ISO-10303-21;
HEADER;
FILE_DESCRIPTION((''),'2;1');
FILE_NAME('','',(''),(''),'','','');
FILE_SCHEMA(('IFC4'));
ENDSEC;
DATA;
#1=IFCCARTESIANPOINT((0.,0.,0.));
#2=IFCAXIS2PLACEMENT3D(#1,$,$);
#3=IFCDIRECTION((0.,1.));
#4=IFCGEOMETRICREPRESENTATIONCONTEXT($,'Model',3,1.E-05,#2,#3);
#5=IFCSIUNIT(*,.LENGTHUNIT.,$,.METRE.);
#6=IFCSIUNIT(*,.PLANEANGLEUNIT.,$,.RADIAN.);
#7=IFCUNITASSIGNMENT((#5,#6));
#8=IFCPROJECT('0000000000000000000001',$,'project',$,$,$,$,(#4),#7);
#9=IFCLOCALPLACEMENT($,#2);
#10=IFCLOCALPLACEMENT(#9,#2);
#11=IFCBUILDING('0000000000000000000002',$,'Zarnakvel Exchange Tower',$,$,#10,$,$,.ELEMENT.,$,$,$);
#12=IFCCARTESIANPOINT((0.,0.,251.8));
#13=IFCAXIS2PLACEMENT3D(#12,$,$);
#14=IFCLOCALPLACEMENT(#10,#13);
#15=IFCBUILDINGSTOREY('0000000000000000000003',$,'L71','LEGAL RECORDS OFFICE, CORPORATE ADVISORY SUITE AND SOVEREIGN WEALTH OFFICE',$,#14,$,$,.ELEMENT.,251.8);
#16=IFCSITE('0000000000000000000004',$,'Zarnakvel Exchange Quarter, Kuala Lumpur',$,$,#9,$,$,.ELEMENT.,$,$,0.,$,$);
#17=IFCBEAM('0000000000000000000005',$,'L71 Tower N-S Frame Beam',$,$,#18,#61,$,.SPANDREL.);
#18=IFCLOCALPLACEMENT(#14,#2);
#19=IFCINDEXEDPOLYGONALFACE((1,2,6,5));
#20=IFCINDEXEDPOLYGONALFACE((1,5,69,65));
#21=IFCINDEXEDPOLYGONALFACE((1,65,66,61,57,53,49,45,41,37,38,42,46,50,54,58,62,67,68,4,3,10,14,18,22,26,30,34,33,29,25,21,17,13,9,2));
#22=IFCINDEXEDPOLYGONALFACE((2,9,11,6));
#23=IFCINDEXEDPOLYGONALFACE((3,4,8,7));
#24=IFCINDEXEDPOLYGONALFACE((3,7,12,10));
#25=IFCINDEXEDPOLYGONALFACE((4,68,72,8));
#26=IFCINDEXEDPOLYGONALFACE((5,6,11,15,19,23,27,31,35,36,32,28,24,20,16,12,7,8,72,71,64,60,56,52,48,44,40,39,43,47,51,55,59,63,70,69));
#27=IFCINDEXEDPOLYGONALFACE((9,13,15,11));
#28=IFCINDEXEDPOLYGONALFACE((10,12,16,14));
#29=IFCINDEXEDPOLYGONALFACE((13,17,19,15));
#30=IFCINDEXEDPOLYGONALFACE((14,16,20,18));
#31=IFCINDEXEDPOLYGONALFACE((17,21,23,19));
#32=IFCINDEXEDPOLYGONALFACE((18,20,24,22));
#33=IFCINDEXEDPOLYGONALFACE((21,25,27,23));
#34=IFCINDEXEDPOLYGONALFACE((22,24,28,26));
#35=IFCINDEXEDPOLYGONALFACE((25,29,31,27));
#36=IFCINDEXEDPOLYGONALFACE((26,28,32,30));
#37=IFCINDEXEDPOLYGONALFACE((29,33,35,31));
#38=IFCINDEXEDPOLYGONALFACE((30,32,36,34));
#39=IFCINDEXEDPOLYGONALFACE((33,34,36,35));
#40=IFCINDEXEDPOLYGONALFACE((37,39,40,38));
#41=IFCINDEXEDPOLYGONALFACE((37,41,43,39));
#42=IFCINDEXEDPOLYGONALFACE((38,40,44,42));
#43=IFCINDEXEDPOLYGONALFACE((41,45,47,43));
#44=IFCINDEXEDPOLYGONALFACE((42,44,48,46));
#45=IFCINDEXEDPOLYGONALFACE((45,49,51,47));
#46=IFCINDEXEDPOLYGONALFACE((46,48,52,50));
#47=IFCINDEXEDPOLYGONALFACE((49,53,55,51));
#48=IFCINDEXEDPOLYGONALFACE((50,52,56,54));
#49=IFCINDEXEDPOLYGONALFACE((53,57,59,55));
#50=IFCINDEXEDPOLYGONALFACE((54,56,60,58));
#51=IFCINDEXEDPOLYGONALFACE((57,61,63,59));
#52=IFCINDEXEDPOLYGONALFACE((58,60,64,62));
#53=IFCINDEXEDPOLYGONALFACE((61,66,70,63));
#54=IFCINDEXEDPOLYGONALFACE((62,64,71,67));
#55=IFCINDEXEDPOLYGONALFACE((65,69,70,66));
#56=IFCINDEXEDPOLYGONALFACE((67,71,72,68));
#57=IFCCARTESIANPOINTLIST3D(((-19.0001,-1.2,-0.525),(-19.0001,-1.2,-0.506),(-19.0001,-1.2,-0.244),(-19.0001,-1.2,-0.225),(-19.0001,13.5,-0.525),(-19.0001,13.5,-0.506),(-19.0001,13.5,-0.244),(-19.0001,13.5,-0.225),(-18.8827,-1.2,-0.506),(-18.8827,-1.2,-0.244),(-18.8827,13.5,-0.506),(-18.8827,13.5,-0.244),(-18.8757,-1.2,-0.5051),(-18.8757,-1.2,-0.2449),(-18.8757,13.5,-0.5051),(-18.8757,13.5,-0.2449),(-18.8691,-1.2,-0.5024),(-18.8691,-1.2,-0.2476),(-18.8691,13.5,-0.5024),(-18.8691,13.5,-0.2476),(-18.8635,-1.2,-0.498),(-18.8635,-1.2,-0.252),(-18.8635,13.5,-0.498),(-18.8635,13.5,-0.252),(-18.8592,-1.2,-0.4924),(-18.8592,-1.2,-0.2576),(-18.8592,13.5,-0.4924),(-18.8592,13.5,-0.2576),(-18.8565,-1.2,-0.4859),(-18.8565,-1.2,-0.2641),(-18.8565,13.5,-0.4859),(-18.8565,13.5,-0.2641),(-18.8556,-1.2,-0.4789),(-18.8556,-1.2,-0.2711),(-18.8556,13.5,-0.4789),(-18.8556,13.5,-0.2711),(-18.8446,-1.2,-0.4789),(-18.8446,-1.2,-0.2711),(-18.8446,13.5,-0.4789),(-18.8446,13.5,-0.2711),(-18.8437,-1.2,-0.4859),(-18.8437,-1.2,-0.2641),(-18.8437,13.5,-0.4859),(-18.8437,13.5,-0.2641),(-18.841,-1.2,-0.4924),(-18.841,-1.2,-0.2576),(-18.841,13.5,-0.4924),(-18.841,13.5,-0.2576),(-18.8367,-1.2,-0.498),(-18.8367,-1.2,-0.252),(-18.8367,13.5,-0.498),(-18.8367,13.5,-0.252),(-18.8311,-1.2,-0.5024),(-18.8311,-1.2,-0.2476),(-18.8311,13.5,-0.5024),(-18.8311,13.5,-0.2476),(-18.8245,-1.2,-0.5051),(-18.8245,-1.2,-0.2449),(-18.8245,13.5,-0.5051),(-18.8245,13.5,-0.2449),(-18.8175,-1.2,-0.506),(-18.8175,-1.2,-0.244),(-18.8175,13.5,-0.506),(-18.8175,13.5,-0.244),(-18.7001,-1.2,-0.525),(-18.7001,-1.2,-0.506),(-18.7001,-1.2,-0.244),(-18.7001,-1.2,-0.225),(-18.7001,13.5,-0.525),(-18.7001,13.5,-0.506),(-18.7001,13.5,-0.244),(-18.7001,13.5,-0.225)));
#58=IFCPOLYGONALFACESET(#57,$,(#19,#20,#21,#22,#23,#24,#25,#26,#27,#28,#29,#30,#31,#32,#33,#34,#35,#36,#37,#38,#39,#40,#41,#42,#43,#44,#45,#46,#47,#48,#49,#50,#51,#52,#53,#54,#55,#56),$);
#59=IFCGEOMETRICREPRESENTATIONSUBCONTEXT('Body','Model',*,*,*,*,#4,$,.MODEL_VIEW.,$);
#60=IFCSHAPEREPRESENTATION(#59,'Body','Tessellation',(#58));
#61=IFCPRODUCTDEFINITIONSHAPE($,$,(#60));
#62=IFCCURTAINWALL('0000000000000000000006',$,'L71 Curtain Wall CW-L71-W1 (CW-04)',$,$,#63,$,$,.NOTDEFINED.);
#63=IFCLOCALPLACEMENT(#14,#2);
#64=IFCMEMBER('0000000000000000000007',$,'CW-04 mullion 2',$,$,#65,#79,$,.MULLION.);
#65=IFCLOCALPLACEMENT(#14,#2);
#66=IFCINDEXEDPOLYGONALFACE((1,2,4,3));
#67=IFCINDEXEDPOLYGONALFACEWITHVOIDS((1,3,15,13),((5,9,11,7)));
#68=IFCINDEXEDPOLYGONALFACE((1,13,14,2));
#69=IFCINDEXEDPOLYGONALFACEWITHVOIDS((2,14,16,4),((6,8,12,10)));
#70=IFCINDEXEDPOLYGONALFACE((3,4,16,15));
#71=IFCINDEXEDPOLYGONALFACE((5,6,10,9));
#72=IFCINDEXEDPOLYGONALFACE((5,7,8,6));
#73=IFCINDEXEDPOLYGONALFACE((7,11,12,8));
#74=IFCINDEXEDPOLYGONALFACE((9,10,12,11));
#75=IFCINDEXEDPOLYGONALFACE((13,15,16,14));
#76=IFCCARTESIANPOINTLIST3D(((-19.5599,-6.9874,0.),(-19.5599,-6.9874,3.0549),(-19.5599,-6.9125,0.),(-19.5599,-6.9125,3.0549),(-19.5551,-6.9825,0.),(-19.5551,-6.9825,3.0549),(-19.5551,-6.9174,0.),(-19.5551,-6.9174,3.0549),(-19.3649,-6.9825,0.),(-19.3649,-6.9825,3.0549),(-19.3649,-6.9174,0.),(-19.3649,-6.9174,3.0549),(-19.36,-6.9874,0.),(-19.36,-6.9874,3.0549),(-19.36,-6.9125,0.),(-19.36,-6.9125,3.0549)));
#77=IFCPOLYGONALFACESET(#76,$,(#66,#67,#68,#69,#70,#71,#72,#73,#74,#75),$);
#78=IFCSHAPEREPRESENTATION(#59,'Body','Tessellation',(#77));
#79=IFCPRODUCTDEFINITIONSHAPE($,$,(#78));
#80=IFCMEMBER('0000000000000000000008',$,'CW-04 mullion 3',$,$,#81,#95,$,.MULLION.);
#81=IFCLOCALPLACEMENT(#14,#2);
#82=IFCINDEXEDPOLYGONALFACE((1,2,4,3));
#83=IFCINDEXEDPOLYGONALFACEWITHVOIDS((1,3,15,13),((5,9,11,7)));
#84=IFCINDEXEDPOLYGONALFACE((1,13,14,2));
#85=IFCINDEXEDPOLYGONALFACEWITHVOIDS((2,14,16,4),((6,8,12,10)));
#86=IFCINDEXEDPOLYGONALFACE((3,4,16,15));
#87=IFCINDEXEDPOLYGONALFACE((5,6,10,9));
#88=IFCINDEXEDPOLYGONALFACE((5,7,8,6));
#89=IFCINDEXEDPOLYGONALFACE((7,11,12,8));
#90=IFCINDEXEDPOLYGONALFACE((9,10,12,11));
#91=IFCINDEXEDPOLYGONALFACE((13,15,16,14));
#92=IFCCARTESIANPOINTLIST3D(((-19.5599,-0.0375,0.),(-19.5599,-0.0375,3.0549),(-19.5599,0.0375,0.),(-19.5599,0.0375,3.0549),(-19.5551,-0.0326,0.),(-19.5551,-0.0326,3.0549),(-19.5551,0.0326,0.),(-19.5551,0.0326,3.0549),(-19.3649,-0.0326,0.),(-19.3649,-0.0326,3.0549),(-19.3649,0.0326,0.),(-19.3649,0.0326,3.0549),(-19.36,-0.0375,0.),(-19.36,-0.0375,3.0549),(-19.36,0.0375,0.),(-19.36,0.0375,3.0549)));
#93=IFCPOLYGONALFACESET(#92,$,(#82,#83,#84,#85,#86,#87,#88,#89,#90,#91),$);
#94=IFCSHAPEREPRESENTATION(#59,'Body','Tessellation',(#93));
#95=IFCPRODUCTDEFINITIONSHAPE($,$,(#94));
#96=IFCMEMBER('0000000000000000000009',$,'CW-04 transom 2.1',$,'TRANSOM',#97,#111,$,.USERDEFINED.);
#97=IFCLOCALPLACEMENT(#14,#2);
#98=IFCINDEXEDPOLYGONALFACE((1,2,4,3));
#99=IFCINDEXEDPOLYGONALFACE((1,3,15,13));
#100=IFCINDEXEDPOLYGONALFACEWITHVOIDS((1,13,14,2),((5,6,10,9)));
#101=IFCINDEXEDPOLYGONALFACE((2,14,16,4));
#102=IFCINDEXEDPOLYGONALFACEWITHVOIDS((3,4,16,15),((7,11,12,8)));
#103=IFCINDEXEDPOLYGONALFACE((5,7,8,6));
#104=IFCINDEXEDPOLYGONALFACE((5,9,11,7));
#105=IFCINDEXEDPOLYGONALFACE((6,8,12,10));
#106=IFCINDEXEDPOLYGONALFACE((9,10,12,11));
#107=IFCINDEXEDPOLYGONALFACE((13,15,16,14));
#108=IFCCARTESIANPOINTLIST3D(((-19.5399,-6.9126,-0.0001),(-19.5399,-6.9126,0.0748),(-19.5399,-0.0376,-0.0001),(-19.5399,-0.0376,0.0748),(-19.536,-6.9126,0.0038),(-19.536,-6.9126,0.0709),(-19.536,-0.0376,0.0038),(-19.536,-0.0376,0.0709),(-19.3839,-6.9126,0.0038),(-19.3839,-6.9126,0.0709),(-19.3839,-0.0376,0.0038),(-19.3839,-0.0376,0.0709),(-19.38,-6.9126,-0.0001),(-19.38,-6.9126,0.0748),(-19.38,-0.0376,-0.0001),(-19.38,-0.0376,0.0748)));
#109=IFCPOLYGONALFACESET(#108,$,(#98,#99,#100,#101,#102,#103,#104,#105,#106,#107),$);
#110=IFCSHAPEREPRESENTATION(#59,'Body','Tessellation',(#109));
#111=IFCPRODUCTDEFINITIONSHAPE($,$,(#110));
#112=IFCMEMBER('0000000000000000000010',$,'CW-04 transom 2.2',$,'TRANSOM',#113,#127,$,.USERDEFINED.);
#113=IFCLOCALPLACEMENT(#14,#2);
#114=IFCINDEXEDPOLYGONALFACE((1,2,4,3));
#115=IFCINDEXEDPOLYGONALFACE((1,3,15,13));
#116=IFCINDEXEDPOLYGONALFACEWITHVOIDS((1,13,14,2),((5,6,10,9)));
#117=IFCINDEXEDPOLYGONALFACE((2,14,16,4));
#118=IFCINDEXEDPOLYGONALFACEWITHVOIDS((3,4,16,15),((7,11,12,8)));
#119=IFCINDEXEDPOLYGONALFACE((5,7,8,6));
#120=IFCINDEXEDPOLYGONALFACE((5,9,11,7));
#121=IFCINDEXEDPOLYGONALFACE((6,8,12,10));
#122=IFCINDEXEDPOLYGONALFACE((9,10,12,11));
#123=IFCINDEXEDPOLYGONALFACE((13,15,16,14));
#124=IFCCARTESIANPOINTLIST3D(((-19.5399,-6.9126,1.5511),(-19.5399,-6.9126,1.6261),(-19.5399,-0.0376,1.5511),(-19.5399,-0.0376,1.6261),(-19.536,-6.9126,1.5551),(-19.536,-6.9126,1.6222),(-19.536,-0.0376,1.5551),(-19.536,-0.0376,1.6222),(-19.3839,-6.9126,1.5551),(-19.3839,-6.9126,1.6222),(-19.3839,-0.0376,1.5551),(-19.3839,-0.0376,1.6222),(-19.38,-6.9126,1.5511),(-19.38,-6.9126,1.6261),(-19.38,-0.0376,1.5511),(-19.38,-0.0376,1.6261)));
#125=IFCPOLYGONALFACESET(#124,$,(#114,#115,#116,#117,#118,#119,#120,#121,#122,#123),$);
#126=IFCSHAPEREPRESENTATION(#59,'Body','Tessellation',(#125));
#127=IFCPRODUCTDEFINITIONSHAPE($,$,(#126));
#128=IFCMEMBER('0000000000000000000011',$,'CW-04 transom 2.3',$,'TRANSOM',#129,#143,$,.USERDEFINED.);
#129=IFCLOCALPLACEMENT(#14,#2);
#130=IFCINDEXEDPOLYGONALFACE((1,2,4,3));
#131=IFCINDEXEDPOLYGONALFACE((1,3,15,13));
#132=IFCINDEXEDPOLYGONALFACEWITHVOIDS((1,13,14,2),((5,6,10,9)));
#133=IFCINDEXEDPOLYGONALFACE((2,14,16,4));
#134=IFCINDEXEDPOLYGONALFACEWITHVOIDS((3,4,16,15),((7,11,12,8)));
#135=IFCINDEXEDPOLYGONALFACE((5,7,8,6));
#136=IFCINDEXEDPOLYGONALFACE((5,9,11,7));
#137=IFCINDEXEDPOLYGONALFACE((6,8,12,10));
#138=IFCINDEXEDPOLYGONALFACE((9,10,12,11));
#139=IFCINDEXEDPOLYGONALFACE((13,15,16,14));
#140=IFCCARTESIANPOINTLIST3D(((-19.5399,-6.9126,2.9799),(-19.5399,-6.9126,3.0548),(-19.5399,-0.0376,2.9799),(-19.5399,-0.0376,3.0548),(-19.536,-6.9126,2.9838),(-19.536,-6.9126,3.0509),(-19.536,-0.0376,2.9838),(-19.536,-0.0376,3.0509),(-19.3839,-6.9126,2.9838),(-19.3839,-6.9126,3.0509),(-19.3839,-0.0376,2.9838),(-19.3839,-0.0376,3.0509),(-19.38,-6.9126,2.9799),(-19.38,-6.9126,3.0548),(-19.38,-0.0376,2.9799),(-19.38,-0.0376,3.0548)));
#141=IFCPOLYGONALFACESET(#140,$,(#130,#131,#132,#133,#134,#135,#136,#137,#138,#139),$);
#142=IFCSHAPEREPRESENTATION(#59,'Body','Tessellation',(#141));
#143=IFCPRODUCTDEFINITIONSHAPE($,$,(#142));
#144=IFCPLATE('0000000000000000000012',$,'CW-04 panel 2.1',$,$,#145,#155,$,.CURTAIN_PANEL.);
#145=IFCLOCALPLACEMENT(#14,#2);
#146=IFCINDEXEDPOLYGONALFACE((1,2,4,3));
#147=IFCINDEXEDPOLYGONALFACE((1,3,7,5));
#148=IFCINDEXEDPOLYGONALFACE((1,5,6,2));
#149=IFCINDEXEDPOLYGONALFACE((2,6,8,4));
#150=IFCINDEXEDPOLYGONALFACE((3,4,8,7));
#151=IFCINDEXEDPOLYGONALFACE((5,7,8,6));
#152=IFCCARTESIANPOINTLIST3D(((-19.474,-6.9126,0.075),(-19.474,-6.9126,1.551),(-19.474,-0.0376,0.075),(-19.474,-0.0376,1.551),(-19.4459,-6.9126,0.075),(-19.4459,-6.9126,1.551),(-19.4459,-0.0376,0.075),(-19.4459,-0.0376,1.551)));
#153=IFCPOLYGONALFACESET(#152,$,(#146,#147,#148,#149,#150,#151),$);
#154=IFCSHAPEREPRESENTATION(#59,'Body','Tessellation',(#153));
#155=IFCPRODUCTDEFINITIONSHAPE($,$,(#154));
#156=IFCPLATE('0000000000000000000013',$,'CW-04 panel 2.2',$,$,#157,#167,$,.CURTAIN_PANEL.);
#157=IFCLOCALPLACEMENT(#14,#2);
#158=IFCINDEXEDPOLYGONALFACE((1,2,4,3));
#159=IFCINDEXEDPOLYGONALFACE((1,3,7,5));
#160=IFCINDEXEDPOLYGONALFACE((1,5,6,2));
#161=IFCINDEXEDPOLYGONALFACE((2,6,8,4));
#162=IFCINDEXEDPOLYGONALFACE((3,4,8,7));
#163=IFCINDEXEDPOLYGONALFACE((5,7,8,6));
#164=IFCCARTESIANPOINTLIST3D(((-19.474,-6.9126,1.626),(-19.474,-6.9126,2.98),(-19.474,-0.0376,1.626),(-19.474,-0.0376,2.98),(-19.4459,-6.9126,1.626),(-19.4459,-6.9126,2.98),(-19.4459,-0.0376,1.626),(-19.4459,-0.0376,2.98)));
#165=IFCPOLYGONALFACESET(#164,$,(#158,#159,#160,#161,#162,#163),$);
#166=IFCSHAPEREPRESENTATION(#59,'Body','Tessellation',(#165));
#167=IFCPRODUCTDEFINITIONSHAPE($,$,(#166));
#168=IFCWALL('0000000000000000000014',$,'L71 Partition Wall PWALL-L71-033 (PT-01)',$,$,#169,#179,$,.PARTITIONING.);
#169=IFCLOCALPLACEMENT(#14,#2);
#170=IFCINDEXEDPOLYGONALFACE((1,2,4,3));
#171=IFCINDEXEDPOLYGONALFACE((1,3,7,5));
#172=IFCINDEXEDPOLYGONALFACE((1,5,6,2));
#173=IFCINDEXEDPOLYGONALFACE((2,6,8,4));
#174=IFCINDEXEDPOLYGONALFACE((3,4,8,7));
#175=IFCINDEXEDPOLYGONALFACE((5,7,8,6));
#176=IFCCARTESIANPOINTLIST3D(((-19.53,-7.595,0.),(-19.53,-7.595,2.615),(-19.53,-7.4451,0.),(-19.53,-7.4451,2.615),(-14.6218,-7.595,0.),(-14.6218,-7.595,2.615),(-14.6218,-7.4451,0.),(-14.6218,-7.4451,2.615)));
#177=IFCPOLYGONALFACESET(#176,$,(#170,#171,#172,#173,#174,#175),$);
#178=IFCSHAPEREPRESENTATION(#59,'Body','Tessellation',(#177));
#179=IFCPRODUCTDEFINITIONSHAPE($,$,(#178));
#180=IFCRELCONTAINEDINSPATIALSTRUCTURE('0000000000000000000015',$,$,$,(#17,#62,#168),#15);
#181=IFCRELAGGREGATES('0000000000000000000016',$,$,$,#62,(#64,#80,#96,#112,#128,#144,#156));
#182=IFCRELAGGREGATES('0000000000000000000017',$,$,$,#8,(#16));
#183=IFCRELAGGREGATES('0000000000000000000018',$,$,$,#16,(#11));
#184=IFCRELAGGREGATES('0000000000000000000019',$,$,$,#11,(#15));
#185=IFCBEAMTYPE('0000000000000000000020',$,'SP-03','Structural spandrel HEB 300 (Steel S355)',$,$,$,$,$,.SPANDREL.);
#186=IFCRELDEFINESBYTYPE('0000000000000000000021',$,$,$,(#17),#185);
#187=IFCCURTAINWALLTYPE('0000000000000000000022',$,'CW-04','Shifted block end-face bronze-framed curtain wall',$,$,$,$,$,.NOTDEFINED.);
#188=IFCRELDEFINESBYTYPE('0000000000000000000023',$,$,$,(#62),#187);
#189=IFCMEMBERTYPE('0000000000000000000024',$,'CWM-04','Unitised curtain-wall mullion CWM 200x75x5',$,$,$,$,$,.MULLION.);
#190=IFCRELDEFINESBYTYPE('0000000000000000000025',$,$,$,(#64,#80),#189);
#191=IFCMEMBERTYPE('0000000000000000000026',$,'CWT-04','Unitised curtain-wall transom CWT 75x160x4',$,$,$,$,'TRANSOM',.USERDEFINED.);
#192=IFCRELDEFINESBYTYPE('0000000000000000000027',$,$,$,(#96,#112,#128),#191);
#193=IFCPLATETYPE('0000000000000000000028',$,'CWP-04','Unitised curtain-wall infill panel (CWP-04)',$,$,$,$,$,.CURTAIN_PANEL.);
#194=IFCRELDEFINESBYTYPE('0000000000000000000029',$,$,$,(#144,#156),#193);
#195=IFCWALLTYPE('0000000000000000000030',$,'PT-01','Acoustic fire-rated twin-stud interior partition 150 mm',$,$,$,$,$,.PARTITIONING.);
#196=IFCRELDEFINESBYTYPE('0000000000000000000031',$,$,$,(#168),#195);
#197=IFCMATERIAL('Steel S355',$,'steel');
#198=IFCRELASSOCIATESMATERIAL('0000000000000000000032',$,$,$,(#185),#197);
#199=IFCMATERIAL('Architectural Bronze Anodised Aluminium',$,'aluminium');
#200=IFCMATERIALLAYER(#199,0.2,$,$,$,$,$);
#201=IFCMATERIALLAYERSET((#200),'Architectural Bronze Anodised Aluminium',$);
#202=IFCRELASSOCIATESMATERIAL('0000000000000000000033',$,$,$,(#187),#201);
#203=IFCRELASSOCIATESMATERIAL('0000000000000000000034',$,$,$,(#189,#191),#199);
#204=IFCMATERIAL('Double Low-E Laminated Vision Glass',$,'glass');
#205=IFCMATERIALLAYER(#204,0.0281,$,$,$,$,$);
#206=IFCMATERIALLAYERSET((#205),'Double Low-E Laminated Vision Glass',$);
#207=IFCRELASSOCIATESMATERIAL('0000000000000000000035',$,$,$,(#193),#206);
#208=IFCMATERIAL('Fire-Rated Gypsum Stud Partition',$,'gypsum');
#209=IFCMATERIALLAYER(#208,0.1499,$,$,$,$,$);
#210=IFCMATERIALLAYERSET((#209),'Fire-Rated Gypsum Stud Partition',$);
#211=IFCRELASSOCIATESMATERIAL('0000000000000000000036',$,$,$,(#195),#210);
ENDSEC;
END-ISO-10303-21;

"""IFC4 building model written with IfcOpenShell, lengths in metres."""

from ifc_helpers import new_model, si_unit, direction, frame, frame_2d, origin, origin_2d, place, context, subcontext, project, spatial, rectangle, hollow_rectangle, i_section, extrude, source, transform, mapped, material, layer, layer_set, material_profile, profile_set, type_object, element, aggregate, save


model = new_model("IFC4")

# Units and contexts
model_context = context("Model", 3, precision=1e-05, world=origin(), true_north=direction((0.0, 1.0)))
body_context = subcontext(model_context, "Body", "Model", "MODEL_VIEW")
ifc_project = project(units=[si_unit("LENGTHUNIT", "METRE"), si_unit("PLANEANGLEUNIT", "RADIAN")], contexts=[model_context])

# Site, building, storey
site_placement = place(None, origin())
site = spatial("IfcSite", under=ifc_project, at=site_placement, Name="Zarnakvel Exchange Quarter, Kuala Lumpur", CompositionType="ELEMENT", RefElevation=0.0)
building_placement = place(site_placement, origin())
building = spatial("IfcBuilding", under=site, at=building_placement, Name="Zarnakvel Exchange Tower", CompositionType="ELEMENT")
storey_placement = place(building_placement, frame((0.0, 0.0, 251.8)))
storey = spatial("IfcBuildingStorey", under=building, at=storey_placement, Name="L71", Description="LEGAL RECORDS OFFICE, CORPORATE ADVISORY SUITE AND SOVEREIGN WEALTH OFFICE", CompositionType="ELEMENT", Elevation=251.8)

# Shared definitions
ifc_material_1 = material(Name="Steel S355", Category="steel")

# Beam
ifc_material_profile_1 = material_profile(ifc_material_1, i_section(OverallWidth=0.3, OverallDepth=0.3, WebThickness=0.011, FlangeThickness=0.019, FilletRadius=0.0271, at=origin_2d()))
ifc_profile_set_1 = profile_set([ifc_material_profile_1], Name="Steel S355")
beam_type_1 = type_object("IfcBeamType", Name="SP-03", Description="Structural spandrel HEB 300 (Steel S355)", PredefinedType="SPANDREL", material=ifc_profile_set_1)
beam_1_placement = place(storey_placement, frame((-18.8501, -1.2, -0.375), z_axis=(0.0, 1.0, 0.0), x_axis=(-1.0, 0.0, 0.0)))
element("IfcBeam", 1, at=beam_1_placement, inside=storey, type_object=beam_type_1, Name="L71 Tower N-S Frame Beam", PredefinedType="SPANDREL", context=body_context, shape_type="SweptSolid", body=[
    extrude(i_section(OverallWidth=0.3, OverallDepth=0.3, WebThickness=0.011, FlangeThickness=0.019, FilletRadius=0.0271, at=origin_2d()), origin(), (0.0, 0.0, 1.0), 14.7),
])

# Curtain wall, members, plates
ifc_material_2 = material(Name="Architectural Bronze Anodised Aluminium", Category="aluminium")
ifc_layer_1 = layer(ifc_material_2, 0.2)
ifc_layer_set_1 = layer_set([ifc_layer_1], Name="Architectural Bronze Anodised Aluminium")
curtain_wall_type = type_object("IfcCurtainWallType", Name="CW-04", Description="Shifted block end-face bronze-framed curtain wall", PredefinedType="NOTDEFINED", material=ifc_layer_set_1)
curtain_wall_placement = place(storey_placement, origin())
curtain_wall = element("IfcCurtainWall", 2, at=curtain_wall_placement, inside=storey, type_object=curtain_wall_type, Name="L71 Curtain Wall CW-L71-W1 (CW-04)", PredefinedType="NOTDEFINED")
ifc_material_profile_2 = material_profile(ifc_material_2, hollow_rectangle(XDim=0.2, YDim=0.075, WallThickness=0.0049, at=origin_2d()))
ifc_profile_set_2 = profile_set([ifc_material_profile_2], Name="Architectural Bronze Anodised Aluminium")
member_type_1 = type_object("IfcMemberType", Name="CWM-04", Description="Unitised curtain-wall mullion CWM 200x75x5", PredefinedType="MULLION", material=ifc_profile_set_2)
shared_shape_1 = source(origin(), body_context, "Body", "SweptSolid", [
    extrude(hollow_rectangle(XDim=0.2, YDim=0.075, WallThickness=0.0049, at=origin_2d()), origin(), (0.0, 0.0, 1.0), 3.0549),
])
member_1_placement = place(storey_placement, frame((-19.46, -6.95, 0.0), z_axis=(0.0, 0.0, 1.0), x_axis=(-1.0, 0.0, 0.0)))
member_1 = element("IfcMember", 3, at=member_1_placement, type_object=member_type_1, Name="CW-04 mullion 2", PredefinedType="MULLION", context=body_context, shape_type="MappedRepresentation", body=[
    mapped(shared_shape_1, transform((0.0, 0.0, 0.0), x_axis=(1.0, 0.0, 0.0), y_axis=(0.0, 1.0, 0.0), z_axis=(0.0, 0.0, 1.0), scale=1.0)),
])
member_2_placement = place(storey_placement, frame((-19.46, 0.0, 0.0), z_axis=(0.0, 0.0, 1.0), x_axis=(-1.0, 0.0, 0.0)))
member_2 = element("IfcMember", 4, at=member_2_placement, type_object=member_type_1, Name="CW-04 mullion 3", PredefinedType="MULLION", context=body_context, shape_type="MappedRepresentation", body=[
    mapped(shared_shape_1, transform((0.0, 0.0, 0.0), x_axis=(1.0, 0.0, 0.0), y_axis=(0.0, 1.0, 0.0), z_axis=(0.0, 0.0, 1.0), scale=1.0)),
])
ifc_material_profile_3 = material_profile(ifc_material_2, hollow_rectangle(XDim=0.1599, YDim=0.075, WallThickness=0.0039, at=origin_2d()))
ifc_profile_set_3 = profile_set([ifc_material_profile_3], Name="Architectural Bronze Anodised Aluminium")
member_type_2 = type_object("IfcMemberType", Name="CWT-04", Description="Unitised curtain-wall transom CWT 75x160x4", ElementType="TRANSOM", PredefinedType="USERDEFINED", material=ifc_profile_set_3)
shared_shape_2 = source(origin(), body_context, "Body", "SweptSolid", [
    extrude(hollow_rectangle(XDim=0.1599, YDim=0.075, WallThickness=0.0039, at=origin_2d()), origin(), (0.0, 0.0, 1.0), 6.875),
])
member_3_placement = place(storey_placement, frame((-19.46, -6.9126, 0.0374), z_axis=(0.0, 1.0, 0.0), x_axis=(-1.0, 0.0, 0.0)))
member_3 = element("IfcMember", 5, at=member_3_placement, type_object=member_type_2, Name="CW-04 transom 2.1", ObjectType="TRANSOM", PredefinedType="USERDEFINED", context=body_context, shape_type="MappedRepresentation", body=[
    mapped(shared_shape_2, transform((0.0, 0.0, 0.0), x_axis=(1.0, 0.0, 0.0), y_axis=(0.0, 1.0, 0.0), z_axis=(0.0, 0.0, 1.0), scale=1.0)),
])
member_4_placement = place(storey_placement, frame((-19.46, -6.9126, 1.5886), z_axis=(0.0, 1.0, 0.0), x_axis=(-1.0, 0.0, 0.0)))
member_4 = element("IfcMember", 6, at=member_4_placement, type_object=member_type_2, Name="CW-04 transom 2.2", ObjectType="TRANSOM", PredefinedType="USERDEFINED", context=body_context, shape_type="MappedRepresentation", body=[
    mapped(shared_shape_2, transform((0.0, 0.0, 0.0), x_axis=(1.0, 0.0, 0.0), y_axis=(0.0, 1.0, 0.0), z_axis=(0.0, 0.0, 1.0), scale=1.0)),
])
member_5_placement = place(storey_placement, frame((-19.46, -6.9126, 3.0173), z_axis=(0.0, 1.0, 0.0), x_axis=(-1.0, 0.0, 0.0)))
member_5 = element("IfcMember", 7, at=member_5_placement, type_object=member_type_2, Name="CW-04 transom 2.3", ObjectType="TRANSOM", PredefinedType="USERDEFINED", context=body_context, shape_type="MappedRepresentation", body=[
    mapped(shared_shape_2, transform((0.0, 0.0, 0.0), x_axis=(1.0, 0.0, 0.0), y_axis=(0.0, 1.0, 0.0), z_axis=(0.0, 0.0, 1.0), scale=1.0)),
])
ifc_material_3 = material(Name="Double Low-E Laminated Vision Glass", Category="glass")
ifc_layer_2 = layer(ifc_material_3, 0.0281)
ifc_layer_set_2 = layer_set([ifc_layer_2], Name="Double Low-E Laminated Vision Glass")
plate_type = type_object("IfcPlateType", Name="CWP-04", Description="Unitised curtain-wall infill panel (CWP-04)", PredefinedType="CURTAIN_PANEL", material=ifc_layer_set_2)
shared_shape_3 = source(origin(), body_context, "Body", "SweptSolid", [
    extrude(rectangle(XDim=6.875, YDim=0.0281, at=origin_2d()), origin(), (0.0, 0.0, 1.0), 1.4761),
])
plate_1_placement = place(storey_placement, frame((-19.46, -3.4751, 0.075), z_axis=(0.0, 0.0, 1.0), x_axis=(0.0, 1.0, 0.0)))
plate_1 = element("IfcPlate", 8, at=plate_1_placement, type_object=plate_type, Name="CW-04 panel 2.1", PredefinedType="CURTAIN_PANEL", context=body_context, shape_type="MappedRepresentation", body=[
    mapped(shared_shape_3, transform((0.0, 0.0, 0.0), x_axis=(1.0, 0.0, 0.0), y_axis=(0.0, 1.0, 0.0), z_axis=(0.0, 0.0, 1.0), scale=1.0)),
])
shared_shape_4 = source(origin(), body_context, "Body", "SweptSolid", [
    extrude(rectangle(XDim=6.875, YDim=0.0281, at=origin_2d()), origin(), (0.0, 0.0, 1.0), 1.354),
])
plate_2_placement = place(storey_placement, frame((-19.46, -3.4751, 1.626), z_axis=(0.0, 0.0, 1.0), x_axis=(0.0, 1.0, 0.0)))
plate_2 = element("IfcPlate", 9, at=plate_2_placement, type_object=plate_type, Name="CW-04 panel 2.2", PredefinedType="CURTAIN_PANEL", context=body_context, shape_type="MappedRepresentation", body=[
    mapped(shared_shape_4, transform((0.0, 0.0, 0.0), x_axis=(1.0, 0.0, 0.0), y_axis=(0.0, 1.0, 0.0), z_axis=(0.0, 0.0, 1.0), scale=1.0)),
])
aggregate(curtain_wall, [member_1, member_2, member_3, member_4, member_5, plate_1, plate_2])

# Wall
ifc_material_4 = material(Name="Fire-Rated Gypsum Stud Partition", Category="gypsum")
ifc_layer_3 = layer(ifc_material_4, 0.1499)
ifc_layer_set_3 = layer_set([ifc_layer_3], Name="Fire-Rated Gypsum Stud Partition")
wall_type = type_object("IfcWallType", Name="PT-01", Description="Acoustic fire-rated twin-stud interior partition 150 mm", PredefinedType="PARTITIONING", material=ifc_layer_set_3)
wall_1_placement = place(storey_placement, frame((-14.6218, -7.52, 0.0), z_axis=(0.0, 0.0, 1.0), x_axis=(-1.0, 0.0, 0.0)))
element("IfcWall", 10, at=wall_1_placement, inside=storey, type_object=wall_type, Name="L71 Partition Wall PWALL-L71-033 (PT-01)", PredefinedType="PARTITIONING", context=body_context, shape_type="SweptSolid", body=[
    extrude(rectangle(XDim=4.9082, YDim=0.1499, at=frame_2d((2.4541, 0.0))), origin(), (0.0, 0.0, 1.0), 2.615),
])

save(model, "model.ifc")
